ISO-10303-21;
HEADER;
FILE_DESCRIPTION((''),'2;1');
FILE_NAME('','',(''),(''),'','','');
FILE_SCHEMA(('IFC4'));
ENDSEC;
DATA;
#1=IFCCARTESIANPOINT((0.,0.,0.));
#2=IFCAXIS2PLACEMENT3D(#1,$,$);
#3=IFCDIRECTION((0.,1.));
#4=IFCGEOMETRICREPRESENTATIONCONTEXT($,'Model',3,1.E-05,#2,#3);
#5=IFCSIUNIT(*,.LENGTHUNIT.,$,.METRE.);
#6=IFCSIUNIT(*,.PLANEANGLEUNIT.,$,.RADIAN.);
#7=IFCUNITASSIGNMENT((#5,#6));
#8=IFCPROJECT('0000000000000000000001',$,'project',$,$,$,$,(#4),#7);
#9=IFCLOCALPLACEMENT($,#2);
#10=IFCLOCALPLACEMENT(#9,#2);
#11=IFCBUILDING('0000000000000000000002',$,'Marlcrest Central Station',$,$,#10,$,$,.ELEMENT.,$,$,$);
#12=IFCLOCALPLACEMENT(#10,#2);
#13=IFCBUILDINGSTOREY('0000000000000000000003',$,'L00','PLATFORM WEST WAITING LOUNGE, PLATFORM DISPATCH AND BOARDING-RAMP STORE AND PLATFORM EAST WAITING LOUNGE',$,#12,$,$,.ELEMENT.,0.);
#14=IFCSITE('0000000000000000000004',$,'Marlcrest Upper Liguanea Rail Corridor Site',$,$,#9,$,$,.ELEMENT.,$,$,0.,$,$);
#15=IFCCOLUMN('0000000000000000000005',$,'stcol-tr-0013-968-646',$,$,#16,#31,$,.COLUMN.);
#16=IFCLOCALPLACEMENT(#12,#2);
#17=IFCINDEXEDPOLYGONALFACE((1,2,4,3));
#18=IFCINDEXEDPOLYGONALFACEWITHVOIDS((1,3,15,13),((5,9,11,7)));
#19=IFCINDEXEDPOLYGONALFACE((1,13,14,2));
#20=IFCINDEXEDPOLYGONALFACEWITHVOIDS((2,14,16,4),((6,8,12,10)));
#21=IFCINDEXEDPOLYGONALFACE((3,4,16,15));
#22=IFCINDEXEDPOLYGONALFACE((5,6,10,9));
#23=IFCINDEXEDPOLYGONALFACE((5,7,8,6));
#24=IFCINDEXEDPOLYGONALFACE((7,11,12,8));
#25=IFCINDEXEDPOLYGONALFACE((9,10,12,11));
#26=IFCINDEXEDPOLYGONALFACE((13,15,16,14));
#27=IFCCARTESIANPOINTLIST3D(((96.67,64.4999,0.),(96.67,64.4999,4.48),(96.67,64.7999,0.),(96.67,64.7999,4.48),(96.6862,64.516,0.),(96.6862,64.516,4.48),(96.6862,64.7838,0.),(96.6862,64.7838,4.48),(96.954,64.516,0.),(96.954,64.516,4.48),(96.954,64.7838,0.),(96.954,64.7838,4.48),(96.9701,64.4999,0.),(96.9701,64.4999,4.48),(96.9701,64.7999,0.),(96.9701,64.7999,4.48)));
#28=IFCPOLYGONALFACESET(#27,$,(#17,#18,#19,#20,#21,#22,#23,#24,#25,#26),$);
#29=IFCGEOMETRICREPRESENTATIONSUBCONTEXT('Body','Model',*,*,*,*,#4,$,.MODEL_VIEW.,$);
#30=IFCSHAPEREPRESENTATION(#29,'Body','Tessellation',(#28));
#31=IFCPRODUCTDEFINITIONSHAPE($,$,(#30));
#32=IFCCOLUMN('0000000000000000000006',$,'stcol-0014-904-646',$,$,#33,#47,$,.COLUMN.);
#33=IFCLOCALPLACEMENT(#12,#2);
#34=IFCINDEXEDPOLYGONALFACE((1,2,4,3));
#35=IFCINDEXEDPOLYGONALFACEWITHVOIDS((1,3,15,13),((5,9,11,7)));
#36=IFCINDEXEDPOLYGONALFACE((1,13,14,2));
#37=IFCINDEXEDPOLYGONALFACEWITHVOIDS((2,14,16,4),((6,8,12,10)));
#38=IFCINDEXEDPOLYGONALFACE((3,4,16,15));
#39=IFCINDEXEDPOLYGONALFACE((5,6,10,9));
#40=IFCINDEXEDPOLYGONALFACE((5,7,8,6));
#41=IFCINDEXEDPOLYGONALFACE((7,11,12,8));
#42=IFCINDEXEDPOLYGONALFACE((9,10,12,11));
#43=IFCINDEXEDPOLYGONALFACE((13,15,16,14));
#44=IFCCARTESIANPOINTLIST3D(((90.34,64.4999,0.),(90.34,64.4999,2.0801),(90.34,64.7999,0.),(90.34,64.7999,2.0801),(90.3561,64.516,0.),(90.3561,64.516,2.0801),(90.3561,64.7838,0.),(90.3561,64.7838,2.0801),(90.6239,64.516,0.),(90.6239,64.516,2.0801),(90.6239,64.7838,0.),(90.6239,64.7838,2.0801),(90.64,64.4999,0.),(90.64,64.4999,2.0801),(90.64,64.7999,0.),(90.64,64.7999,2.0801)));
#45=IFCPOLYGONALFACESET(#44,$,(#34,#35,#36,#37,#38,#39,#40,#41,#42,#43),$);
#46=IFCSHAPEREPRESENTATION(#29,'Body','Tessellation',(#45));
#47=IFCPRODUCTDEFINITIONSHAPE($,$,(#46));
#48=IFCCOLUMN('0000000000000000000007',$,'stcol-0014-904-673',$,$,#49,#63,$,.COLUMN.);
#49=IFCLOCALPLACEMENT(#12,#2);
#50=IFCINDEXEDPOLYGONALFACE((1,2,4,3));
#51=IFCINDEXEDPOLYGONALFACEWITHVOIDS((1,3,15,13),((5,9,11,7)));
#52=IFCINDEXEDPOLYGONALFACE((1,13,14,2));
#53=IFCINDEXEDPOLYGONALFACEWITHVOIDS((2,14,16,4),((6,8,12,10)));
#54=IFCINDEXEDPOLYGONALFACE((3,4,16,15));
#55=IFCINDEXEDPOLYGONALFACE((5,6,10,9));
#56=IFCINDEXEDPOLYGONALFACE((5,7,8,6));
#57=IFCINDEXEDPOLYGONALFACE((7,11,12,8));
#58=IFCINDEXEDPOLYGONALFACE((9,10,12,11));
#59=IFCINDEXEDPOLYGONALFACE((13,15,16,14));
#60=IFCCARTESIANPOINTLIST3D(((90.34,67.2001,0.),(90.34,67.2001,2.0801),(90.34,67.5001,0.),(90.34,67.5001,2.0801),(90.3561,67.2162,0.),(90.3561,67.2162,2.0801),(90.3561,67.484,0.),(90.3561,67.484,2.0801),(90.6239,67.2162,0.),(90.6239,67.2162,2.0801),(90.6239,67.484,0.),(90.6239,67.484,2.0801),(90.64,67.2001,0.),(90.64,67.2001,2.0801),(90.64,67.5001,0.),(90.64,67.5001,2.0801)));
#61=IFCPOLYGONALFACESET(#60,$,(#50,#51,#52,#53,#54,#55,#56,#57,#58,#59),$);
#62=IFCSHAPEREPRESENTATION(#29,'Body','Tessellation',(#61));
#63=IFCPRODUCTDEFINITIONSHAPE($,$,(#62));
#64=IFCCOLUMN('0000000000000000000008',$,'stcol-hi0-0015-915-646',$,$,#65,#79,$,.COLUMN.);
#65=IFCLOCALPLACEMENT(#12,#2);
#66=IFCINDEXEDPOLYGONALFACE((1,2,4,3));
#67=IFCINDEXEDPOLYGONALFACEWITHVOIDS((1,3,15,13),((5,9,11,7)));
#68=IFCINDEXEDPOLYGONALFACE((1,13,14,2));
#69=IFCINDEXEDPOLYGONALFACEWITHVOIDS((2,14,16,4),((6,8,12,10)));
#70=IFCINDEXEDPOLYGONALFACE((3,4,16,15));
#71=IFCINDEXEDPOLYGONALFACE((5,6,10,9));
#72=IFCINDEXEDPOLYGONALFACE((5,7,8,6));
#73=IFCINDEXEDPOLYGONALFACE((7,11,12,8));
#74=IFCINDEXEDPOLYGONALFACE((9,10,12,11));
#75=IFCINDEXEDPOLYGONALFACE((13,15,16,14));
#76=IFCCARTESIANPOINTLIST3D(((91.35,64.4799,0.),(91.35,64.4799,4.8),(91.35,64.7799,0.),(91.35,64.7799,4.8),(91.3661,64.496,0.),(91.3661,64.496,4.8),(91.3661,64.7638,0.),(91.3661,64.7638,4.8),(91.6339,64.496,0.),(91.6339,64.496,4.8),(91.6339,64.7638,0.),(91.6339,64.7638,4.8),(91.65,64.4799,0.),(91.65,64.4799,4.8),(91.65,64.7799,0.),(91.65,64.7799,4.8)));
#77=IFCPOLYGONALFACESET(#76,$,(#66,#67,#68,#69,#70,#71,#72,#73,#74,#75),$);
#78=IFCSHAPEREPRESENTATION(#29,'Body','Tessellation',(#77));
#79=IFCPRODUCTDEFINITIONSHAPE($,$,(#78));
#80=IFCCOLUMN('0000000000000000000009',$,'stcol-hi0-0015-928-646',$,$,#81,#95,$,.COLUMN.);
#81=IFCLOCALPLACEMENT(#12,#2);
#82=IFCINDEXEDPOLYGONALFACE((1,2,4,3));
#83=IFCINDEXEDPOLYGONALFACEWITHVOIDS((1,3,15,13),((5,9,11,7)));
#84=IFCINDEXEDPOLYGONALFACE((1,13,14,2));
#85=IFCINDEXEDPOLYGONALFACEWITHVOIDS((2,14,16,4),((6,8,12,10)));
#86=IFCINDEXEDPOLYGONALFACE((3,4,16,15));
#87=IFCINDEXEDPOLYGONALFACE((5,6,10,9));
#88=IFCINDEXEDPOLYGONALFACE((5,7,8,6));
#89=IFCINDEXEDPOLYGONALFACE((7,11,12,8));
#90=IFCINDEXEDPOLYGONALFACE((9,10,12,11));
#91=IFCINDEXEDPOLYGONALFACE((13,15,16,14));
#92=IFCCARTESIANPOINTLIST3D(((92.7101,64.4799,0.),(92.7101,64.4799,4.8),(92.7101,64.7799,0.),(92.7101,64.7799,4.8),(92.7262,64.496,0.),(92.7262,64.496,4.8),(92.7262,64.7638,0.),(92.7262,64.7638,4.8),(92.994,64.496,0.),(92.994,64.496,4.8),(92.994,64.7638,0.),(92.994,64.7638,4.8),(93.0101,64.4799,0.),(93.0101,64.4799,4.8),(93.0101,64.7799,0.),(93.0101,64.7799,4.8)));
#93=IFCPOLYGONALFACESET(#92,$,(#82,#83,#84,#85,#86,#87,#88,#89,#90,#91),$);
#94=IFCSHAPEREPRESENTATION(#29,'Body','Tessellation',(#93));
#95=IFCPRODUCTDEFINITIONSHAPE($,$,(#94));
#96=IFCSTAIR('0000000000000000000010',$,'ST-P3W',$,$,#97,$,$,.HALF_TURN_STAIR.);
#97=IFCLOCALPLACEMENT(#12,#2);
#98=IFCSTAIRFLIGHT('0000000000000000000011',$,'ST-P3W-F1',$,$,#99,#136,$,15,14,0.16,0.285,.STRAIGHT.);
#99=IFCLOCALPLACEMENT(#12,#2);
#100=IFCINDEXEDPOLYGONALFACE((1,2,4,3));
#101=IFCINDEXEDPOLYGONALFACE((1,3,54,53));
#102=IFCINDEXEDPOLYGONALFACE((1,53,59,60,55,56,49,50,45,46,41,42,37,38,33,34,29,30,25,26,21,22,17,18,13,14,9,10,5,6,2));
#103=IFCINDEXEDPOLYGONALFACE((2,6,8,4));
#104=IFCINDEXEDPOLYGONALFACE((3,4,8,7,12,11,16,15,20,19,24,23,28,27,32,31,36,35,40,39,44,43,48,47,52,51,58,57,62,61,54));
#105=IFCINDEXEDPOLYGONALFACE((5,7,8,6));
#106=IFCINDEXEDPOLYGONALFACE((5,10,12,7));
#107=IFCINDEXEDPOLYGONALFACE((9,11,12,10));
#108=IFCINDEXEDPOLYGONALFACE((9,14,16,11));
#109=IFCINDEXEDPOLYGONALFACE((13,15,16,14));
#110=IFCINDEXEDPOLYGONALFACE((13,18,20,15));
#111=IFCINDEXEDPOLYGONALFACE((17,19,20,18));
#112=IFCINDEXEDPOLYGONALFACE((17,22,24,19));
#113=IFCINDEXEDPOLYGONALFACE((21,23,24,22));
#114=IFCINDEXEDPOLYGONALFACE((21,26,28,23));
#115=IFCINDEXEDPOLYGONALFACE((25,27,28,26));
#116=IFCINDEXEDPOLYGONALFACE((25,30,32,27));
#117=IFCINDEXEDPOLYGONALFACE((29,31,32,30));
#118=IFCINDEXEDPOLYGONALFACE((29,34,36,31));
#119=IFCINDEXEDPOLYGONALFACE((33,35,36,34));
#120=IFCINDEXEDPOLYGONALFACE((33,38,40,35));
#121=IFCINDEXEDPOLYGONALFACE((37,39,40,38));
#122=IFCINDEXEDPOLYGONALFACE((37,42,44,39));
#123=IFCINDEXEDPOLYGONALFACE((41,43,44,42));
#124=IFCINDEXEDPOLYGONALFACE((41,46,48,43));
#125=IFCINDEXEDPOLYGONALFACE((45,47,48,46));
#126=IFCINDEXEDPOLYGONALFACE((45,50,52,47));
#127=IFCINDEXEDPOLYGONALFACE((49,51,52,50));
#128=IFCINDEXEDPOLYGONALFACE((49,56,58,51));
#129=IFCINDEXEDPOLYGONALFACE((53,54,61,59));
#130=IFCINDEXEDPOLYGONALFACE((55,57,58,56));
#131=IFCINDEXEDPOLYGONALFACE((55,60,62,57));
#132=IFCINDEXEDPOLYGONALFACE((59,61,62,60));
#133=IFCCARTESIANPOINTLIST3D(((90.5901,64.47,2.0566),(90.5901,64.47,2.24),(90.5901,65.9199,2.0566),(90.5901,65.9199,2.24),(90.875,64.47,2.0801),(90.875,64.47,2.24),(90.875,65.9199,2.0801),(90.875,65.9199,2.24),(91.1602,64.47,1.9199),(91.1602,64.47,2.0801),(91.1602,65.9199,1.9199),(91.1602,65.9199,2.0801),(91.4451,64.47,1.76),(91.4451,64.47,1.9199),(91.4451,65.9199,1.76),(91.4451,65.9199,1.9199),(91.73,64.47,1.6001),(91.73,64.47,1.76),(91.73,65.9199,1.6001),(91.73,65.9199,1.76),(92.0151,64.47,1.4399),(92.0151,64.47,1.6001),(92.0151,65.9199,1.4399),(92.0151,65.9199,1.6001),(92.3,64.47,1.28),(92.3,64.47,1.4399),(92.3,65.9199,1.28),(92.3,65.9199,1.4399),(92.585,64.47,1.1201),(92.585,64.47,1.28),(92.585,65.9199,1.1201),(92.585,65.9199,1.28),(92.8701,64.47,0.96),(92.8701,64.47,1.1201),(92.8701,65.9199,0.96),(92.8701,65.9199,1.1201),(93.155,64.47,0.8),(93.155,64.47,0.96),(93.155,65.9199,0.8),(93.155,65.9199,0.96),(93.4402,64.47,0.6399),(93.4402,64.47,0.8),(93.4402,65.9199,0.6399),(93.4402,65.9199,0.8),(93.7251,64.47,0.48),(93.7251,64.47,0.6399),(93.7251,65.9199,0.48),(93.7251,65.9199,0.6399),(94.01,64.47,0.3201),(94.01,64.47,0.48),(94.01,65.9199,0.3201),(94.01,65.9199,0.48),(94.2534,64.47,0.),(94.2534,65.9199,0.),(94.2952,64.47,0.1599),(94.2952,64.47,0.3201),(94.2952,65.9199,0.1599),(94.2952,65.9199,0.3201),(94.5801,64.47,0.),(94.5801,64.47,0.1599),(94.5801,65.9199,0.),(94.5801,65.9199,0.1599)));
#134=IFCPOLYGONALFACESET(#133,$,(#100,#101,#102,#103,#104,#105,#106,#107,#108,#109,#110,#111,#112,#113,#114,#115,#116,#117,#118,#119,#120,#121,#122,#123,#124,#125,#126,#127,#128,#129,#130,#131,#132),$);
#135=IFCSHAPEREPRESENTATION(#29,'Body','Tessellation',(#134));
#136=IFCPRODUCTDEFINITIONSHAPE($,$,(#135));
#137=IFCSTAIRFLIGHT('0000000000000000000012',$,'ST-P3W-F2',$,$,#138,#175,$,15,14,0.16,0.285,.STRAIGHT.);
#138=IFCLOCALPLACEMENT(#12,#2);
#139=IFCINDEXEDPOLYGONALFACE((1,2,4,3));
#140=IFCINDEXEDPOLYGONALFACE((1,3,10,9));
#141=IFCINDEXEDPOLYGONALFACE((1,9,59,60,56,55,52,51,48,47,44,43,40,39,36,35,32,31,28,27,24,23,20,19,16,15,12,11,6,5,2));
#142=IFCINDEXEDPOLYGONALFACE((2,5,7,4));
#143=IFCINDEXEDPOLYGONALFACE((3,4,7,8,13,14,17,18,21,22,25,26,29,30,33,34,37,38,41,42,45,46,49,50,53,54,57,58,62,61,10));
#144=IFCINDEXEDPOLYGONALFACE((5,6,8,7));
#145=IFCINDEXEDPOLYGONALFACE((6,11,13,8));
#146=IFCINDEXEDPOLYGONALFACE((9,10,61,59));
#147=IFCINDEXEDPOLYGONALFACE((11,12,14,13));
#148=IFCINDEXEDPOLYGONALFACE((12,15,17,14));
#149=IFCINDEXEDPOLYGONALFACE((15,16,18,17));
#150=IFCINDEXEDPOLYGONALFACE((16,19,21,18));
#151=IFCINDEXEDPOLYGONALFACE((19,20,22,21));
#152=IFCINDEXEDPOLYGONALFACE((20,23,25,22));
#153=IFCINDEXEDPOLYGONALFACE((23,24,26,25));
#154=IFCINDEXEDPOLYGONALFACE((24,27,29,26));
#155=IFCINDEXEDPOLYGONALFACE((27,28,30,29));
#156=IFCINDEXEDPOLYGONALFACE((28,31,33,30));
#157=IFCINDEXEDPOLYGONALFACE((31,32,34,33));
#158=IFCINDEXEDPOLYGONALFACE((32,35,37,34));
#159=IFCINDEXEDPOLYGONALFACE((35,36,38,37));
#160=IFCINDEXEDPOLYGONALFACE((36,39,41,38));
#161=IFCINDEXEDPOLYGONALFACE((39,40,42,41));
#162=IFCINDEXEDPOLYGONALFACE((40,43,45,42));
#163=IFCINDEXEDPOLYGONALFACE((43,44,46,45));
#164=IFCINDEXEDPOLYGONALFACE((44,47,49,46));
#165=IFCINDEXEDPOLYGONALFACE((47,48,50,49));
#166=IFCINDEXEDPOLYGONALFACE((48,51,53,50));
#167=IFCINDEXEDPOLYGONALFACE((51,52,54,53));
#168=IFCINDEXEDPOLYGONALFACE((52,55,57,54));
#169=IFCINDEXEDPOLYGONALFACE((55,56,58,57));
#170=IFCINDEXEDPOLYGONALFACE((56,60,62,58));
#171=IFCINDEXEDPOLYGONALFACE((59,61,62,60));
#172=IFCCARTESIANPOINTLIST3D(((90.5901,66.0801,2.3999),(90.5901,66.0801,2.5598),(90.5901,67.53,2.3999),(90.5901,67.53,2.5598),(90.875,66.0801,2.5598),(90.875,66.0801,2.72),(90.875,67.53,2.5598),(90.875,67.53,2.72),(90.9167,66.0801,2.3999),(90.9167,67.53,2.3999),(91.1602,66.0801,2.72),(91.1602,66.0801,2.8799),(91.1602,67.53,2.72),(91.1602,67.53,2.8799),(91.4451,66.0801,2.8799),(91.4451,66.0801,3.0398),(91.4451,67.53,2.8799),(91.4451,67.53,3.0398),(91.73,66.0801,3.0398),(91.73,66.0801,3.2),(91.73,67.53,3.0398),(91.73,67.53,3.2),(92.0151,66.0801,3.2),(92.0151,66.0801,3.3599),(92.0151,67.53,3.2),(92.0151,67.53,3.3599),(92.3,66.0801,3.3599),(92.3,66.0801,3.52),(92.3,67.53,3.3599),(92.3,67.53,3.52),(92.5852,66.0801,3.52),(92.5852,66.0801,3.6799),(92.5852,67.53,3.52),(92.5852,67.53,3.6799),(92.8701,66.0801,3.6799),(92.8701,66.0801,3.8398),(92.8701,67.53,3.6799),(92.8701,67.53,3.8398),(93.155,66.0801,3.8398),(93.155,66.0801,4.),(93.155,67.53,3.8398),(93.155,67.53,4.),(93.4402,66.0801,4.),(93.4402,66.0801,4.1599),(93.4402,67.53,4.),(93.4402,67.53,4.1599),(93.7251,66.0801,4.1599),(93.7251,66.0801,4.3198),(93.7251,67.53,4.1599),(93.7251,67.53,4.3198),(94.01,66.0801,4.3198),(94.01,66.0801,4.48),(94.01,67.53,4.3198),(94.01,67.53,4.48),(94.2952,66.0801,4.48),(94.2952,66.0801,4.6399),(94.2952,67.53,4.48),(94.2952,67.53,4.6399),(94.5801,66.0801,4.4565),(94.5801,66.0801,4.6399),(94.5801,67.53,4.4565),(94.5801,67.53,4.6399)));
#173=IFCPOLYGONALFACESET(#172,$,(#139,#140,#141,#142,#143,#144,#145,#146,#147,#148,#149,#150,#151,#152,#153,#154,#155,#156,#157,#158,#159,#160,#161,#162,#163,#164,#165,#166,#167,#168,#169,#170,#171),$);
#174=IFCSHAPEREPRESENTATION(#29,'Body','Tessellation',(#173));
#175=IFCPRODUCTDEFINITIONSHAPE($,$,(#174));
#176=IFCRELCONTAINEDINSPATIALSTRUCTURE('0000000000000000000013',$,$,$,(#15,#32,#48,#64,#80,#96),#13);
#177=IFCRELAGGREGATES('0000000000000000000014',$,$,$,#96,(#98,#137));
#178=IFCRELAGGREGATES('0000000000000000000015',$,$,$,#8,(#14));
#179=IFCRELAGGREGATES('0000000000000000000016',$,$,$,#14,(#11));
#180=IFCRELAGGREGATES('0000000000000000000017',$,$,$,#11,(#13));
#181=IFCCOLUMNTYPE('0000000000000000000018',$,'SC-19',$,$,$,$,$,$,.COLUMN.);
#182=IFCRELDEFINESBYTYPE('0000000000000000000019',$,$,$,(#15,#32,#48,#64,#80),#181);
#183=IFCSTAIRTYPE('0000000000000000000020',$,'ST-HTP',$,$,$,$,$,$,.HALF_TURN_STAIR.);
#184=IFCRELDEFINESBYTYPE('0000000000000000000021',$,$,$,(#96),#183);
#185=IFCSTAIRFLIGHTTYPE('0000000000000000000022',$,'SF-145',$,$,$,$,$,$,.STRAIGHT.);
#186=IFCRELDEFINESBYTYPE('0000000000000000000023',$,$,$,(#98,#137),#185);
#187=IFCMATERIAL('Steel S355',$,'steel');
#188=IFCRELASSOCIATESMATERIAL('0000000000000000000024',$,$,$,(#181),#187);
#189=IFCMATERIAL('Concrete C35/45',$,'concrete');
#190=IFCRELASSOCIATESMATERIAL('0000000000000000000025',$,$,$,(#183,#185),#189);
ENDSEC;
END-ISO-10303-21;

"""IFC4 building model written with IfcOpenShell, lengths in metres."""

from ifc_helpers import new_model, si_unit, direction, frame, origin, origin_2d, place, context, subcontext, project, spatial, polyline, hollow_rectangle, outline, extrude, material, material_profile, profile_set, type_object, element, aggregate, save


model = new_model("IFC4")

# Units and contexts
model_context = context("Model", 3, precision=1e-05, world=origin(), true_north=direction((0.0, 1.0)))
body_context = subcontext(model_context, "Body", "Model", "MODEL_VIEW")
ifc_project = project(units=[si_unit("LENGTHUNIT", "METRE"), si_unit("PLANEANGLEUNIT", "RADIAN")], contexts=[model_context])

# Site, building, storey
site_placement = place(None, origin())
site = spatial("IfcSite", under=ifc_project, at=site_placement, Name="Marlcrest Upper Liguanea Rail Corridor Site", CompositionType="ELEMENT", RefElevation=0.0)
building_placement = place(site_placement, origin())
building = spatial("IfcBuilding", under=site, at=building_placement, Name="Marlcrest Central Station", CompositionType="ELEMENT")
storey_placement = place(building_placement, origin())
storey = spatial("IfcBuildingStorey", under=building, at=storey_placement, Name="L00", Description="PLATFORM WEST WAITING LOUNGE, PLATFORM DISPATCH AND BOARDING-RAMP STORE AND PLATFORM EAST WAITING LOUNGE", CompositionType="ELEMENT", Elevation=0.0)

# Shared definitions
ifc_material_1 = material(Name="Concrete C35/45", Category="concrete")

# Columns
ifc_material_2 = material(Name="Steel S355", Category="steel")
ifc_material_profile_1 = material_profile(ifc_material_2, hollow_rectangle(XDim=0.3, YDim=0.3, WallThickness=0.0161, at=origin_2d()), Name="SHS 300x300x16")
ifc_profile_set_1 = profile_set([ifc_material_profile_1], Name="Steel S355")
column_type_1 = type_object("IfcColumnType", Name="SC-19", PredefinedType="COLUMN", material=ifc_profile_set_1)
for number, where, z_axis, x_axis, name in (
    (1, (96.8201, 64.6499, 0.0), (0.0, 0.0, 1.0), (1.0, 0.0, 0.0), "stcol-tr-0013-968-646"),
):
    element("IfcColumn", number, at=place(storey_placement, frame(where, z_axis=z_axis, x_axis=x_axis)), inside=storey, type_object=column_type_1, Name=name, PredefinedType="COLUMN", context=body_context, shape_type="SweptSolid", body=[
        extrude(hollow_rectangle(XDim=0.3, YDim=0.3, WallThickness=0.0161, at=origin_2d()), origin(), (0.0, 0.0, 1.0), 4.48),
    ])
for number, where, z_axis, x_axis, name in (
    (2, (90.49, 64.6499, 0.0), (0.0, 0.0, 1.0), (1.0, 0.0, 0.0), "stcol-0014-904-646"),
    (3, (90.49, 67.3501, 0.0), (0.0, 0.0, 1.0), (1.0, 0.0, 0.0), "stcol-0014-904-673"),
):
    element("IfcColumn", number, at=place(storey_placement, frame(where, z_axis=z_axis, x_axis=x_axis)), inside=storey, type_object=column_type_1, Name=name, PredefinedType="COLUMN", context=body_context, shape_type="SweptSolid", body=[
        extrude(hollow_rectangle(XDim=0.3, YDim=0.3, WallThickness=0.0161, at=origin_2d()), origin(), (0.0, 0.0, 1.0), 2.0801),
    ])
for number, where, z_axis, x_axis, name in (
    (4, (91.5, 64.6299, 0.0), (0.0, 0.0, 1.0), (1.0, 0.0, 0.0), "stcol-hi0-0015-915-646"),
    (5, (92.8601, 64.6299, 0.0), (0.0, 0.0, 1.0), (1.0, 0.0, 0.0), "stcol-hi0-0015-928-646"),
):
    element("IfcColumn", number, at=place(storey_placement, frame(where, z_axis=z_axis, x_axis=x_axis)), inside=storey, type_object=column_type_1, Name=name, PredefinedType="COLUMN", context=body_context, shape_type="SweptSolid", body=[
        extrude(hollow_rectangle(XDim=0.3, YDim=0.3, WallThickness=0.0161, at=origin_2d()), origin(), (0.0, 0.0, 1.0), 4.8),
    ])

# Stair, stair flights
stair_type = type_object("IfcStairType", Name="ST-HTP", PredefinedType="HALF_TURN_STAIR", material=ifc_material_1)
stair_placement = place(storey_placement, origin())
stair = element("IfcStair", 6, at=stair_placement, inside=storey, type_object=stair_type, Name="ST-P3W", PredefinedType="HALF_TURN_STAIR")
stair_flight_type = type_object("IfcStairFlightType", Name="SF-145", PredefinedType="STRAIGHT", material=ifc_material_1)
stair_flight_1_placement = place(storey_placement, frame((94.5801, 65.1951, 0.0), z_axis=(0.0, 0.0, 1.0), x_axis=(-1.0, 0.0, 0.0)))
stair_flight_1 = element("IfcStairFlight", 7, at=stair_flight_1_placement, type_object=stair_flight_type, Name="ST-P3W-F1", NumberOfRisers=15, NumberOfTreads=14, PredefinedType="STRAIGHT", RiserHeight=0.16, TreadLength=0.285, context=body_context, shape_type="SweptSolid", body=[
    extrude(outline(polyline([(0.0, 0.0), (0.0, 0.1599), (0.2849, 0.1599), (0.2849, 0.3201), (0.5701, 0.3201), (0.5701, 0.48), (0.855, 0.48), (0.855, 0.6399), (1.1399, 0.6399), (1.1399, 0.8), (1.425, 0.8), (1.425, 0.96), (1.71, 0.96), (1.71, 1.1201), (1.9951, 1.1201), (1.9951, 1.28), (2.28, 1.28), (2.28, 1.4399), (2.5649, 1.4399), (2.5649, 1.6001), (2.8501, 1.6001), (2.8501, 1.76), (3.135, 1.76), (3.135, 1.9199), (3.4199, 1.9199), (3.4199, 2.0801), (3.7051, 2.0801), (3.7051, 2.24), (3.99, 2.24), (3.99, 2.3999), (3.99, 2.0566), (0.3267, 0.0), (0.0, 0.0)])), frame((0.0, 0.7251, 0.0), z_axis=(0.0, -1.0, 0.0), x_axis=(1.0, 0.0, 0.0)), (0.0, 0.0, 1.0), 1.45),
])
stair_flight_2_placement = place(storey_placement, frame((90.5901, 66.8049, 2.3999), z_axis=(0.0, 0.0, 1.0), x_axis=(1.0, 0.0, 0.0)))
stair_flight_2 = element("IfcStairFlight", 8, at=stair_flight_2_placement, type_object=stair_flight_type, Name="ST-P3W-F2", NumberOfRisers=15, NumberOfTreads=14, PredefinedType="STRAIGHT", RiserHeight=0.16, TreadLength=0.285, context=body_context, shape_type="SweptSolid", body=[
    extrude(outline(polyline([(0.0, 0.0), (0.0, 0.1599), (0.2849, 0.1599), (0.2849, 0.3201), (0.5701, 0.3201), (0.5701, 0.48), (0.855, 0.48), (0.855, 0.6399), (1.1399, 0.6399), (1.1399, 0.8), (1.425, 0.8), (1.425, 0.96), (1.71, 0.96), (1.71, 1.1201), (1.9951, 1.1201), (1.9951, 1.28), (2.28, 1.28), (2.28, 1.4399), (2.5649, 1.4399), (2.5649, 1.6001), (2.8501, 1.6001), (2.8501, 1.76), (3.135, 1.76), (3.135, 1.9199), (3.4199, 1.9199), (3.4199, 2.0801), (3.7051, 2.0801), (3.7051, 2.24), (3.99, 2.24), (3.99, 2.3999), (3.99, 2.0566), (0.3267, 0.0), (0.0, 0.0)])), frame((0.0, 0.7251, 0.0), z_axis=(0.0, -1.0, 0.0), x_axis=(1.0, 0.0, 0.0)), (0.0, 0.0, 1.0), 1.45),
])
aggregate(stair, [stair_flight_1, stair_flight_2])

save(model, "model.ifc")
